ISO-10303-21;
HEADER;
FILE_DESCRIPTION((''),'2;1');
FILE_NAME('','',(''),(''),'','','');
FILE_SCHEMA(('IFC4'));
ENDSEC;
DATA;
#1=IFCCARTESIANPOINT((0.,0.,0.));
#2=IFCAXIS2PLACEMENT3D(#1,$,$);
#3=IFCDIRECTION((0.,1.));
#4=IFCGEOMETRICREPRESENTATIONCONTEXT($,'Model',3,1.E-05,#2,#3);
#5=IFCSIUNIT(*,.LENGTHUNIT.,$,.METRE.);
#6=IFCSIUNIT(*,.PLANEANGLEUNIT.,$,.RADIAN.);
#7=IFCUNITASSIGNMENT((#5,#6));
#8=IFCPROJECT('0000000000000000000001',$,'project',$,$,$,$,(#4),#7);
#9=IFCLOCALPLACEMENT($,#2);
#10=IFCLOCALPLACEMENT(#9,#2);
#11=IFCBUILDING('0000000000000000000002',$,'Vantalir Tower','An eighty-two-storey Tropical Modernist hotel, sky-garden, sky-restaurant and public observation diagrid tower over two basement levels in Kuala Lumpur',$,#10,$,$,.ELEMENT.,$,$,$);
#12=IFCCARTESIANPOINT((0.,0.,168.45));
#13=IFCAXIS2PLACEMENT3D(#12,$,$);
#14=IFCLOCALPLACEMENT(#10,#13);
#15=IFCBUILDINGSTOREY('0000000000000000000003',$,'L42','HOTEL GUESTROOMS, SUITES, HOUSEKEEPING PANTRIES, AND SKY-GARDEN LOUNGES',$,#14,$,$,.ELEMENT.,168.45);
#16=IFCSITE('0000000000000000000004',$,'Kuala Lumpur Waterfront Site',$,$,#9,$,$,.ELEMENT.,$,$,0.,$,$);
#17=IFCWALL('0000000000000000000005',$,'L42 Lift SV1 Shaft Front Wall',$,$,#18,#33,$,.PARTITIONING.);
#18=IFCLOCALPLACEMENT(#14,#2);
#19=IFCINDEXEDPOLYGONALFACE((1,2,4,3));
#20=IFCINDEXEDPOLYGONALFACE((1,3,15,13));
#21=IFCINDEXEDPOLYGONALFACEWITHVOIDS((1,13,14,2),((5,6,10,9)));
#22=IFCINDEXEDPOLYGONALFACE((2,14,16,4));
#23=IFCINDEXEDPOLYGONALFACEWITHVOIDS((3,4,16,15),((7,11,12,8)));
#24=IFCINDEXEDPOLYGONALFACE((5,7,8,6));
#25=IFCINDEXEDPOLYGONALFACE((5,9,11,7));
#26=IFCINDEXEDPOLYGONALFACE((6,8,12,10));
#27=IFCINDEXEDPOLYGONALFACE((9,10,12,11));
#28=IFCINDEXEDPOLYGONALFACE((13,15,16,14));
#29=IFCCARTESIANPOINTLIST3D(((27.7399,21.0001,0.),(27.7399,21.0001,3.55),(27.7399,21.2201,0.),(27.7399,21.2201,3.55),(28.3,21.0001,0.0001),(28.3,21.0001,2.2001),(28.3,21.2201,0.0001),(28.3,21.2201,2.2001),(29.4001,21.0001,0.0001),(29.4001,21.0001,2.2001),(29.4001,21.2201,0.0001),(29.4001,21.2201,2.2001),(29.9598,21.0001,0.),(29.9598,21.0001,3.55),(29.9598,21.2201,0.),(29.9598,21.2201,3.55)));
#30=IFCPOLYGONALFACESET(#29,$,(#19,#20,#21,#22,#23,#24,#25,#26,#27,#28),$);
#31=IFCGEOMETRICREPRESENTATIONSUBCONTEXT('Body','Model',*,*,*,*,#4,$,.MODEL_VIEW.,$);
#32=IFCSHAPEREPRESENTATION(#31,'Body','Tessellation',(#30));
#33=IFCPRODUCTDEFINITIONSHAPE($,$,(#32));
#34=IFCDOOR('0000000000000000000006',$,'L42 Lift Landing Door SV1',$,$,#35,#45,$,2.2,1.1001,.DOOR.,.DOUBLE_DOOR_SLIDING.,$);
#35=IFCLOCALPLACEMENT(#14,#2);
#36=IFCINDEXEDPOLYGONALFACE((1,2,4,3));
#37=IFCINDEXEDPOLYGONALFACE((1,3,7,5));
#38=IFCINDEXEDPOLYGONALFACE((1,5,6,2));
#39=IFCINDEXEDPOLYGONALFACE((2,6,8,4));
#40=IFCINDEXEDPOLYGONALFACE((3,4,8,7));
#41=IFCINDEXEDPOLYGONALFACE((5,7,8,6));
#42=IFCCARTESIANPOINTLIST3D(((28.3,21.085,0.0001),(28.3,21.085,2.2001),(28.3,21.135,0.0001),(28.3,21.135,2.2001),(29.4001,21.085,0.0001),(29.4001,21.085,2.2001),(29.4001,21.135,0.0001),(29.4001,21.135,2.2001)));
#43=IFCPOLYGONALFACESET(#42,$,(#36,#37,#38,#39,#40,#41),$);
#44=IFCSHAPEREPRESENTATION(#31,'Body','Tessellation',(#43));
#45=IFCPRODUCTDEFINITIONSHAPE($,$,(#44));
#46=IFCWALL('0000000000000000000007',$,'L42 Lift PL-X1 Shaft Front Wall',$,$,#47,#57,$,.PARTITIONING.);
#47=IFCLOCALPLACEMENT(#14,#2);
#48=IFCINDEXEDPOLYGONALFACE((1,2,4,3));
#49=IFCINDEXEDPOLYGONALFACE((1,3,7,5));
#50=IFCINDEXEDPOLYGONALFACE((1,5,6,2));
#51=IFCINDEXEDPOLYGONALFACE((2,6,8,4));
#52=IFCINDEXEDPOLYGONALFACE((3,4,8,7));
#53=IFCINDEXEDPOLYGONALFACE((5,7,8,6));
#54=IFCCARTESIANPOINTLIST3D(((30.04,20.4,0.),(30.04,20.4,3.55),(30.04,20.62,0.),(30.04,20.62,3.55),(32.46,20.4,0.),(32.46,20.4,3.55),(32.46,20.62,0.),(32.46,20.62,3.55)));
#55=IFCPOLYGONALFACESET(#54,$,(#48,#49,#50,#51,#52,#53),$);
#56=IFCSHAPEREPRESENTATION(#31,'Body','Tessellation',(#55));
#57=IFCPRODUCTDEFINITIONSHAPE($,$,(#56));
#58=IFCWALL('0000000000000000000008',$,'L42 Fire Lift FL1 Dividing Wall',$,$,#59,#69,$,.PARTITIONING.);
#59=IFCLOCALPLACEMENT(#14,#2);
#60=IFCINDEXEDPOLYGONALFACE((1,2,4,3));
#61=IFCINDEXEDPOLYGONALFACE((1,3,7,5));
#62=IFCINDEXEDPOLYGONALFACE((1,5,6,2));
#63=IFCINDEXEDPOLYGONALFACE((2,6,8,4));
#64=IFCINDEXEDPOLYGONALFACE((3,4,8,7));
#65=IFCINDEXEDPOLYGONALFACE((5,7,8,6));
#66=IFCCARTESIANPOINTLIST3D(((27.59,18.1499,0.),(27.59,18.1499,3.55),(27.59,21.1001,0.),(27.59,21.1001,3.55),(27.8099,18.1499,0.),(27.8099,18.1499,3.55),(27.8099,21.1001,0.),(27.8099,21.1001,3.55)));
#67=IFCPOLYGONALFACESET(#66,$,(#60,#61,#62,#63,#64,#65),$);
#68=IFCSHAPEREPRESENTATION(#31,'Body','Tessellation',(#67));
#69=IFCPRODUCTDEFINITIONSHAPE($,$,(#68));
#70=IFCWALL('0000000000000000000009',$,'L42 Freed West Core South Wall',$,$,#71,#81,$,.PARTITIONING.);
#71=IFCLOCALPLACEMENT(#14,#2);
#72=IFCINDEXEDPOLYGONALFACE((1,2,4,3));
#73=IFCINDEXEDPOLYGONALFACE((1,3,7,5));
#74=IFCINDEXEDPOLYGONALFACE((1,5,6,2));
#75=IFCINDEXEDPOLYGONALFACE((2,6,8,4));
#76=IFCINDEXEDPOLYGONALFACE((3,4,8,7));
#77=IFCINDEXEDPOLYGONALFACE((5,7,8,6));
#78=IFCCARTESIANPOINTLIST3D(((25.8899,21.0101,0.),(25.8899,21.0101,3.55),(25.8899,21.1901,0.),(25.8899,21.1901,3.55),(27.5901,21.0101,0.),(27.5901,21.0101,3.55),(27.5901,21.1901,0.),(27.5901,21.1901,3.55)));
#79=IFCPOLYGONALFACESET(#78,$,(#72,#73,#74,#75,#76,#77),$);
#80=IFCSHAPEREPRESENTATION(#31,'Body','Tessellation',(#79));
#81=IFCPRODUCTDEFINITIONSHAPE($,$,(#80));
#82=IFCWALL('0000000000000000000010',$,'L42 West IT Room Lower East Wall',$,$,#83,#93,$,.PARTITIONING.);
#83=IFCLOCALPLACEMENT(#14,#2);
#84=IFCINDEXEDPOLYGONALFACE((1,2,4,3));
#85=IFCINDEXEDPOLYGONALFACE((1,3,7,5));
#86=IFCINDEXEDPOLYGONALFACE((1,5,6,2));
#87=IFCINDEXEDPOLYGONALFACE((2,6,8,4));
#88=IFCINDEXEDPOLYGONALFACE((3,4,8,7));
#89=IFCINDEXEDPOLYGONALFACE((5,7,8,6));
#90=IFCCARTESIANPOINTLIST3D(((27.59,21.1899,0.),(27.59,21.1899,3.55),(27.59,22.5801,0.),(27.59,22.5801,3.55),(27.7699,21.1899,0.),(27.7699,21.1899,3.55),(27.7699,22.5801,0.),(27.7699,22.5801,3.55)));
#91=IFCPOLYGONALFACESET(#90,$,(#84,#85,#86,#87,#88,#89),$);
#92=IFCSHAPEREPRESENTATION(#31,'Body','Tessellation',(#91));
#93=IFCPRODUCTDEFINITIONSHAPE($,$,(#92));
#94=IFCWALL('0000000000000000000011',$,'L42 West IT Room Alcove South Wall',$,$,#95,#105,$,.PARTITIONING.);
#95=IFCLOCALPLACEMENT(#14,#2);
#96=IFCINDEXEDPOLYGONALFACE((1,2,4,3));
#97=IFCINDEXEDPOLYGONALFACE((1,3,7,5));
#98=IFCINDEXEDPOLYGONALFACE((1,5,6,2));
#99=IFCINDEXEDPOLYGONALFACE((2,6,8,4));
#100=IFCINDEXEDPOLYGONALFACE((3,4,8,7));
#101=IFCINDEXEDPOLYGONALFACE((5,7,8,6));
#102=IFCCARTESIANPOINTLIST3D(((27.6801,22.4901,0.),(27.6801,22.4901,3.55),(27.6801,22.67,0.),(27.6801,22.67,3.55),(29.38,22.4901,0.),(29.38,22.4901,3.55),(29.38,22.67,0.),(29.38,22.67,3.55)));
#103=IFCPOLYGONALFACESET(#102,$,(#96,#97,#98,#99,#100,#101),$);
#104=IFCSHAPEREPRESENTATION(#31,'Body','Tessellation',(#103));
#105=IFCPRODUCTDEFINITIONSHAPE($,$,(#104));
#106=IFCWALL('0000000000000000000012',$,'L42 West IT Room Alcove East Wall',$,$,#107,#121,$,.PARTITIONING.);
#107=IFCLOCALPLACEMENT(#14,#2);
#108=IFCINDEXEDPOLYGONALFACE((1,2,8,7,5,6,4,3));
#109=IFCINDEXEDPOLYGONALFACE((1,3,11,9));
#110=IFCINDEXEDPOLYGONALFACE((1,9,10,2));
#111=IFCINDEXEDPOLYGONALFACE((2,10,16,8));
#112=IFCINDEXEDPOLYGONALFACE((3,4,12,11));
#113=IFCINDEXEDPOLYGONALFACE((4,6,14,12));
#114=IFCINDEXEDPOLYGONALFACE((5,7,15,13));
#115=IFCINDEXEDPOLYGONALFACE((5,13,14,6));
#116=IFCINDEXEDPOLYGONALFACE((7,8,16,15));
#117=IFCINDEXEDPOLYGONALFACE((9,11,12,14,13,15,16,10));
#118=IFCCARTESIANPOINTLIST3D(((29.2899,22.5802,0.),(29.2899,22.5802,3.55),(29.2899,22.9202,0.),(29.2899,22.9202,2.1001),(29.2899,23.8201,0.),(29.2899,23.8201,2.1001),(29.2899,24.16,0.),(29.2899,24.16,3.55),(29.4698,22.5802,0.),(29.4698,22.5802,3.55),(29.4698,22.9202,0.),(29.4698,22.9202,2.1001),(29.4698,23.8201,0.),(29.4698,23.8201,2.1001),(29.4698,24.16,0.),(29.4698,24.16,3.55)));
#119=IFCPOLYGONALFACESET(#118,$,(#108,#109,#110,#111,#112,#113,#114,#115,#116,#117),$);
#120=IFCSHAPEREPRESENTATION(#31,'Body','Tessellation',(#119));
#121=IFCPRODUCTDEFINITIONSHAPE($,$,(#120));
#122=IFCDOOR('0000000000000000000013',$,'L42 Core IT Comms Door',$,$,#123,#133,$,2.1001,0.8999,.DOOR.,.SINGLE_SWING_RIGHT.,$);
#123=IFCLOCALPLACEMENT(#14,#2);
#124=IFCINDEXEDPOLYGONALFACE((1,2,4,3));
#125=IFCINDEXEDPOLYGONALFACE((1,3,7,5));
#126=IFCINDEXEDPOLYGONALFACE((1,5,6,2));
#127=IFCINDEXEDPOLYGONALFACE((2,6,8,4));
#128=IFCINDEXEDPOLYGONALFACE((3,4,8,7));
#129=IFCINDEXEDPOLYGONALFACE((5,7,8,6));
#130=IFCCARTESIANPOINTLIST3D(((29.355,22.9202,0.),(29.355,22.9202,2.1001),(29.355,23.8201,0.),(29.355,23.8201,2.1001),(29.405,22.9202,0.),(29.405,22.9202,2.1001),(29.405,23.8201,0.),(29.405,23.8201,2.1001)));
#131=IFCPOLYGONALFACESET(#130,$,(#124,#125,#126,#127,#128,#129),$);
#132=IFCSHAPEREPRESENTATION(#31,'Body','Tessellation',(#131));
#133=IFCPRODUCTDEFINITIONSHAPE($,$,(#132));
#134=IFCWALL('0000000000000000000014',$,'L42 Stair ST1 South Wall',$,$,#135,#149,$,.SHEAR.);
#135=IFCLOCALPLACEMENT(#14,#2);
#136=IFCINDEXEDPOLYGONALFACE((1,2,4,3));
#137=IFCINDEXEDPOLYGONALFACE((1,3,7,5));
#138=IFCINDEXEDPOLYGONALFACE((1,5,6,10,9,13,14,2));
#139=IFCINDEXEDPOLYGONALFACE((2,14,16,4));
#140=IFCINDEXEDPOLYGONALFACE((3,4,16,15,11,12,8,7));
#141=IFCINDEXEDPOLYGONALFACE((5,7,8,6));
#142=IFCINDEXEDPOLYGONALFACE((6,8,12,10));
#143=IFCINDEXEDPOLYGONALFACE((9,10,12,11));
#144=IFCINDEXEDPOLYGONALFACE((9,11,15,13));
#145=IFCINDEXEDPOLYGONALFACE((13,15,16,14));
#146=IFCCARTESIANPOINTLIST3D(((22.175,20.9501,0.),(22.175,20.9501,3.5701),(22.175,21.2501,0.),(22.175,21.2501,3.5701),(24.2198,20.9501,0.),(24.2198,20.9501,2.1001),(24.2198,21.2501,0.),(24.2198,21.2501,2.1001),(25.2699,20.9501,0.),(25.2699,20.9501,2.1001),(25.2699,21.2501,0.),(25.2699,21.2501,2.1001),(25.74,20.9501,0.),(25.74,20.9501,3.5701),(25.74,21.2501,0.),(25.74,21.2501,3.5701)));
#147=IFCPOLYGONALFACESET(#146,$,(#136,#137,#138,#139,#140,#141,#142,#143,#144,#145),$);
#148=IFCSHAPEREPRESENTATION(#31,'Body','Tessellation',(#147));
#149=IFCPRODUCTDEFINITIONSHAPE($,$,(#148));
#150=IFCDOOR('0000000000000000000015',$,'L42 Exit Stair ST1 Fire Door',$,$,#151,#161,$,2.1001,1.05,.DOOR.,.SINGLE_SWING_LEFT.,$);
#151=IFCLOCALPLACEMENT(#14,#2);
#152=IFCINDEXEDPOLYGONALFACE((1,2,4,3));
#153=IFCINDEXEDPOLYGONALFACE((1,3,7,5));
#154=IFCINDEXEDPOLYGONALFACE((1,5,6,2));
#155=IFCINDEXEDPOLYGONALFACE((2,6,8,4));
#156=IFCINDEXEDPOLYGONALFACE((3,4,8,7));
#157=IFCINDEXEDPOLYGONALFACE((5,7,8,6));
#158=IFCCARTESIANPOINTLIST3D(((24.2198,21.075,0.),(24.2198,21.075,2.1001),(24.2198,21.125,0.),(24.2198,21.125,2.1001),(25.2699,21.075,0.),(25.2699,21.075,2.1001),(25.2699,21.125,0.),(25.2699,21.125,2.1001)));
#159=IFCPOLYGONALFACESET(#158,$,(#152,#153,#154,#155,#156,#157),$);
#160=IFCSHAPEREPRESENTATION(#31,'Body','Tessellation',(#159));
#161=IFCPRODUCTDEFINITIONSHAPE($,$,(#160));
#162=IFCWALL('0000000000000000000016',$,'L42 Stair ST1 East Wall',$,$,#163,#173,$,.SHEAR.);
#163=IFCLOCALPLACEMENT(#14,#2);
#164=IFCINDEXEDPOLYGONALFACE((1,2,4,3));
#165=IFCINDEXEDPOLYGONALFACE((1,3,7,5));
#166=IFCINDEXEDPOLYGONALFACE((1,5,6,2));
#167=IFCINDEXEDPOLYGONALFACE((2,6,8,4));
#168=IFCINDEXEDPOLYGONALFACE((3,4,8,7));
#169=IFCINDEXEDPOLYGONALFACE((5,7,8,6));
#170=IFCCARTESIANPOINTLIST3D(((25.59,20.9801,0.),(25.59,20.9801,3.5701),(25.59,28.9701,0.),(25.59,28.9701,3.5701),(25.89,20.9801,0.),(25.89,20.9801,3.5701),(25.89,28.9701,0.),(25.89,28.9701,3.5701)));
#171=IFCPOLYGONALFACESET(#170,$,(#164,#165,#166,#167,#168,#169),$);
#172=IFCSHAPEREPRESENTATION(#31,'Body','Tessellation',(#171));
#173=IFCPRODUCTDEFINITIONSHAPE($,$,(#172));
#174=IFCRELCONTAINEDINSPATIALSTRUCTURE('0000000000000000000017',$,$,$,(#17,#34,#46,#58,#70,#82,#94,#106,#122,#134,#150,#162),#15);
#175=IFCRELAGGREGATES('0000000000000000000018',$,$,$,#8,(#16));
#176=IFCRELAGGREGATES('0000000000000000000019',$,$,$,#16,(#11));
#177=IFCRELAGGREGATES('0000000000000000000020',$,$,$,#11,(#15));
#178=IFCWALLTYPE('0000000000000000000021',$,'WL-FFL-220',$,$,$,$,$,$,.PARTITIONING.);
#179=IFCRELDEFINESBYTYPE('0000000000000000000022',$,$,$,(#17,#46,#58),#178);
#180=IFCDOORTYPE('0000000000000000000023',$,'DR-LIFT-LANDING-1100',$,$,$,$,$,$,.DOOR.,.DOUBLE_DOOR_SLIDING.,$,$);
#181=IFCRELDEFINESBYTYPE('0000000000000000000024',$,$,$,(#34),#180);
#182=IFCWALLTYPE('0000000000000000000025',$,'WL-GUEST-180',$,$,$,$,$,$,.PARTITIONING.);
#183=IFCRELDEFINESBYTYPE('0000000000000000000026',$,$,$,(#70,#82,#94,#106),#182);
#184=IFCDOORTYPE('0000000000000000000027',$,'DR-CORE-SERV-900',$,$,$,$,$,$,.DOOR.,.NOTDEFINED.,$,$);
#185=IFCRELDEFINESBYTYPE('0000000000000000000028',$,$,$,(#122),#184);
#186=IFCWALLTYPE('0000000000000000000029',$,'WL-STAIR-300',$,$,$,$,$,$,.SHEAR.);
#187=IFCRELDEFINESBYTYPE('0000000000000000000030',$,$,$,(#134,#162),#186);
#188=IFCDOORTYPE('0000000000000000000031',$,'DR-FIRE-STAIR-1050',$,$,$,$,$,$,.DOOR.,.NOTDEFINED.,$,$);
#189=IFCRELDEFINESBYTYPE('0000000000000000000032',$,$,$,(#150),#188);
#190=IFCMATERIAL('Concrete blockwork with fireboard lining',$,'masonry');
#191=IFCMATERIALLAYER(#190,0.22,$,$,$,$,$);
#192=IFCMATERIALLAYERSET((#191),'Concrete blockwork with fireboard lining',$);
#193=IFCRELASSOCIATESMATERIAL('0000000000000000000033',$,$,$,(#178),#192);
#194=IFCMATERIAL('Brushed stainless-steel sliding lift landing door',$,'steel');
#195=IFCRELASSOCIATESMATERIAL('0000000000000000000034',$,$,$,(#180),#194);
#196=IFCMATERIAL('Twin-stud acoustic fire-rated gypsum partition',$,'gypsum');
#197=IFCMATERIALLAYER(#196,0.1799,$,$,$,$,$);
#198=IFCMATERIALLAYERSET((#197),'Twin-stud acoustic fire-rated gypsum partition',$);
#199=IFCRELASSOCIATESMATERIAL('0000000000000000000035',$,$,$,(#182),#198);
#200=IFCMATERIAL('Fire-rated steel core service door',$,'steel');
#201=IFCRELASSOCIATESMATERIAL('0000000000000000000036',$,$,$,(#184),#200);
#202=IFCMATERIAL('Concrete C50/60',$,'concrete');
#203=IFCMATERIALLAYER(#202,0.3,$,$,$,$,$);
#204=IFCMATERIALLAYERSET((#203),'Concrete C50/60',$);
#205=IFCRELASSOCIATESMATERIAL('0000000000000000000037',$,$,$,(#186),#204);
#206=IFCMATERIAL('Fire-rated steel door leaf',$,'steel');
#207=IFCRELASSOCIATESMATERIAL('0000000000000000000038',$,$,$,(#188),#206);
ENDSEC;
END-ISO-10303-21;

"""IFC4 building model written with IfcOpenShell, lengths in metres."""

from ifc_helpers import new_model, si_unit, direction, frame, frame_2d, origin, place, context, subcontext, project, spatial, rectangle, extrude, material, layer, layer_set, type_object, element, fill, save


model = new_model("IFC4")

# Units and contexts
model_context = context("Model", 3, precision=1e-05, world=origin(), true_north=direction((0.0, 1.0)))
body_context = subcontext(model_context, "Body", "Model", "MODEL_VIEW")
ifc_project = project(units=[si_unit("LENGTHUNIT", "METRE"), si_unit("PLANEANGLEUNIT", "RADIAN")], contexts=[model_context])

# Site, building, storey
site_placement = place(None, origin())
site = spatial("IfcSite", under=ifc_project, at=site_placement, Name="Kuala Lumpur Waterfront Site", CompositionType="ELEMENT", RefElevation=0.0)
building_placement = place(site_placement, origin())
building = spatial("IfcBuilding", under=site, at=building_placement, Name="Vantalir Tower", Description="An eighty-two-storey Tropical Modernist hotel, sky-garden, sky-restaurant and public observation diagrid tower over two basement levels in Kuala Lumpur", CompositionType="ELEMENT")
storey_placement = place(building_placement, frame((0.0, 0.0, 168.45)))
storey = spatial("IfcBuildingStorey", under=building, at=storey_placement, Name="L42", Description="HOTEL GUESTROOMS, SUITES, HOUSEKEEPING PANTRIES, AND SKY-GARDEN LOUNGES", CompositionType="ELEMENT", Elevation=168.45)

# Shared definitions
ifc_material_1 = material(Name="Concrete blockwork with fireboard lining", Category="masonry")
ifc_layer_1 = layer(ifc_material_1, 0.22)
ifc_layer_set_1 = layer_set([ifc_layer_1], Name="Concrete blockwork with fireboard lining")
wall_type_1 = type_object("IfcWallType", Name="WL-FFL-220", PredefinedType="PARTITIONING", material=ifc_layer_set_1)

# Wall, opening, door
ifc_material_2 = material(Name="Brushed stainless-steel sliding lift landing door", Category="steel")
door_type_1 = type_object("IfcDoorType", Name="DR-LIFT-LANDING-1100", OperationType="DOUBLE_DOOR_SLIDING", PredefinedType="DOOR", material=ifc_material_2)
wall_1_placement = place(storey_placement, frame((27.74, 21.1101, 0.0), z_axis=(0.0, 0.0, 1.0), x_axis=(1.0, 0.0, 0.0)))
wall_1 = element("IfcWall", 1, at=wall_1_placement, inside=storey, type_object=wall_type_1, Name="L42 Lift SV1 Shaft Front Wall", PredefinedType="PARTITIONING", context=body_context, shape_type="SweptSolid", body=[
    extrude(rectangle(XDim=2.22, YDim=0.22, at=frame_2d((1.1099, 0.0))), origin(), (0.0, 0.0, 1.0), 3.55),
])
opening_1_placement = place(wall_1_placement, frame((0.5601, 0.0, 0.0)))
opening_1 = element("IfcOpeningElement", 2, at=opening_1_placement, cuts=wall_1, PredefinedType="OPENING", context=body_context, shape_type="SweptSolid", body=[
    extrude(rectangle(XDim=1.1001, YDim=2.2, at=frame_2d((0.55, 1.1001))), frame((0.0, 0.1199, 0.0), z_axis=(0.0, -1.0, 0.0), x_axis=(1.0, 0.0, 0.0)), (0.0, 0.0, 1.0), 0.24),
])
door_1_placement = place(opening_1_placement, origin())
door_1 = element("IfcDoor", 3, at=door_1_placement, inside=storey, type_object=door_type_1, Name="L42 Lift Landing Door SV1", OperationType="DOUBLE_DOOR_SLIDING", OverallHeight=2.2, OverallWidth=1.1001, PredefinedType="DOOR", context=body_context, shape_type="SweptSolid", body=[
    extrude(rectangle(XDim=1.1001, YDim=2.2, at=frame_2d((0.55, 1.1001))), frame((0.0, 0.0249, 0.0), z_axis=(0.0, -1.0, 0.0), x_axis=(1.0, 0.0, 0.0)), (0.0, 0.0, 1.0), 0.05),
])
fill(opening_1, door_1)

# Walls
wall_2_placement = place(storey_placement, frame((30.04, 20.51, 0.0), z_axis=(0.0, 0.0, 1.0), x_axis=(1.0, 0.0, 0.0)))
element("IfcWall", 4, at=wall_2_placement, inside=storey, type_object=wall_type_1, Name="L42 Lift PL-X1 Shaft Front Wall", PredefinedType="PARTITIONING", context=body_context, shape_type="SweptSolid", body=[
    extrude(rectangle(XDim=2.4199, YDim=0.22, at=frame_2d((1.21, 0.0))), origin(), (0.0, 0.0, 1.0), 3.55),
])
wall_3_placement = place(storey_placement, frame((27.7, 18.1499, 0.0), z_axis=(0.0, 0.0, 1.0), x_axis=(0.0, 1.0, 0.0)))
element("IfcWall", 5, at=wall_3_placement, inside=storey, type_object=wall_type_1, Name="L42 Fire Lift FL1 Dividing Wall", PredefinedType="PARTITIONING", context=body_context, shape_type="SweptSolid", body=[
    extrude(rectangle(XDim=2.9502, YDim=0.22, at=frame_2d((1.4751, 0.0))), origin(), (0.0, 0.0, 1.0), 3.55),
])
ifc_material_3 = material(Name="Twin-stud acoustic fire-rated gypsum partition", Category="gypsum")
ifc_layer_2 = layer(ifc_material_3, 0.1799)
ifc_layer_set_2 = layer_set([ifc_layer_2], Name="Twin-stud acoustic fire-rated gypsum partition")
wall_type_2 = type_object("IfcWallType", Name="WL-GUEST-180", PredefinedType="PARTITIONING", material=ifc_layer_set_2)
wall_4_placement = place(storey_placement, frame((25.8899, 21.1001, 0.0), z_axis=(0.0, 0.0, 1.0), x_axis=(1.0, 0.0, 0.0)))
element("IfcWall", 6, at=wall_4_placement, inside=storey, type_object=wall_type_2, Name="L42 Freed West Core South Wall", PredefinedType="PARTITIONING", context=body_context, shape_type="SweptSolid", body=[
    extrude(rectangle(XDim=1.7002, YDim=0.1799, at=frame_2d((0.8501, 0.0))), origin(), (0.0, 0.0, 1.0), 3.55),
])
wall_5_placement = place(storey_placement, frame((27.6799, 21.1899, 0.0), z_axis=(0.0, 0.0, 1.0), x_axis=(0.0, 1.0, 0.0)))
element("IfcWall", 7, at=wall_5_placement, inside=storey, type_object=wall_type_2, Name="L42 West IT Room Lower East Wall", PredefinedType="PARTITIONING", context=body_context, shape_type="SweptSolid", body=[
    extrude(rectangle(XDim=1.3901, YDim=0.1799, at=frame_2d((0.6951, 0.0))), origin(), (0.0, 0.0, 1.0), 3.55),
])
wall_6_placement = place(storey_placement, frame((27.6799, 22.5801, 0.0), z_axis=(0.0, 0.0, 1.0), x_axis=(1.0, 0.0, 0.0)))
element("IfcWall", 8, at=wall_6_placement, inside=storey, type_object=wall_type_2, Name="L42 West IT Room Alcove South Wall", PredefinedType="PARTITIONING", context=body_context, shape_type="SweptSolid", body=[
    extrude(rectangle(XDim=1.7, YDim=0.1799, at=frame_2d((0.8501, 0.0))), origin(), (0.0, 0.0, 1.0), 3.55),
])

# Walls, openings, doors
wall_7_placement = place(storey_placement, frame((29.3799, 22.5801, 0.0), z_axis=(0.0, 0.0, 1.0), x_axis=(0.0, 1.0, 0.0)))
wall_7 = element("IfcWall", 9, at=wall_7_placement, inside=storey, type_object=wall_type_2, Name="L42 West IT Room Alcove East Wall", PredefinedType="PARTITIONING", context=body_context, shape_type="SweptSolid", body=[
    extrude(rectangle(XDim=1.5798, YDim=0.1799, at=frame_2d((0.79, 0.0))), origin(), (0.0, 0.0, 1.0), 3.55),
])
opening_2_placement = place(wall_7_placement, frame((0.3401, 0.0, 0.0)))
opening_2 = element("IfcOpeningElement", 10, at=opening_2_placement, cuts=wall_7, PredefinedType="OPENING", context=body_context, shape_type="SweptSolid", body=[
    extrude(rectangle(XDim=0.8999, YDim=2.1001, at=frame_2d((0.45, 1.05))), frame((0.0, 0.0999, 0.0), z_axis=(0.0, -1.0, 0.0), x_axis=(1.0, 0.0, 0.0)), (0.0, 0.0, 1.0), 0.2),
])
ifc_material_4 = material(Name="Fire-rated steel core service door", Category="steel")
door_type_2 = type_object("IfcDoorType", Name="DR-CORE-SERV-900", OperationType="NOTDEFINED", PredefinedType="DOOR", material=ifc_material_4)
door_2_placement = place(opening_2_placement, origin())
door_2 = element("IfcDoor", 11, at=door_2_placement, inside=storey, type_object=door_type_2, Name="L42 Core IT Comms Door", OperationType="SINGLE_SWING_RIGHT", OverallHeight=2.1001, OverallWidth=0.8999, PredefinedType="DOOR", context=body_context, shape_type="SweptSolid", body=[
    extrude(rectangle(XDim=0.8999, YDim=2.1001, at=frame_2d((0.45, 1.05))), frame((0.0, 0.0249, 0.0), z_axis=(0.0, -1.0, 0.0), x_axis=(1.0, 0.0, 0.0)), (0.0, 0.0, 1.0), 0.05),
])
fill(opening_2, door_2)
ifc_material_5 = material(Name="Concrete C50/60", Category="concrete")
ifc_layer_3 = layer(ifc_material_5, 0.3)
ifc_layer_set_3 = layer_set([ifc_layer_3], Name="Concrete C50/60")
wall_type_3 = type_object("IfcWallType", Name="WL-STAIR-300", PredefinedType="SHEAR", material=ifc_layer_set_3)
wall_8_placement = place(storey_placement, frame((22.175, 21.1001, 0.0), z_axis=(0.0, 0.0, 1.0), x_axis=(1.0, 0.0, 0.0)))
wall_8 = element("IfcWall", 12, at=wall_8_placement, inside=storey, type_object=wall_type_3, Name="L42 Stair ST1 South Wall", PredefinedType="SHEAR", context=body_context, shape_type="SweptSolid", body=[
    extrude(rectangle(XDim=3.5649, YDim=0.3, at=frame_2d((1.7825, 0.0))), origin(), (0.0, 0.0, 1.0), 3.5701),
])
opening_3_placement = place(wall_8_placement, frame((2.0449, 0.0, 0.0)))
opening_3 = element("IfcOpeningElement", 13, at=opening_3_placement, cuts=wall_8, PredefinedType="OPENING", context=body_context, shape_type="SweptSolid", body=[
    extrude(rectangle(XDim=1.05, YDim=2.1001, at=frame_2d((0.5249, 1.05))), frame((0.0, 0.1599, 0.0), z_axis=(0.0, -1.0, 0.0), x_axis=(1.0, 0.0, 0.0)), (0.0, 0.0, 1.0), 0.3201),
])
ifc_material_6 = material(Name="Fire-rated steel door leaf", Category="steel")
door_type_3 = type_object("IfcDoorType", Name="DR-FIRE-STAIR-1050", OperationType="NOTDEFINED", PredefinedType="DOOR", material=ifc_material_6)
door_3_placement = place(opening_3_placement, origin())
door_3 = element("IfcDoor", 14, at=door_3_placement, inside=storey, type_object=door_type_3, Name="L42 Exit Stair ST1 Fire Door", OperationType="SINGLE_SWING_LEFT", OverallHeight=2.1001, OverallWidth=1.05, PredefinedType="DOOR", context=body_context, shape_type="SweptSolid", body=[
    extrude(rectangle(XDim=1.05, YDim=2.1001, at=frame_2d((0.5249, 1.05))), frame((0.0, 0.0249, 0.0), z_axis=(0.0, -1.0, 0.0), x_axis=(1.0, 0.0, 0.0)), (0.0, 0.0, 1.0), 0.05),
])
fill(opening_3, door_3)

# Wall
wall_9_placement = place(storey_placement, frame((25.74, 20.98, 0.0), z_axis=(0.0, 0.0, 1.0), x_axis=(0.0, 1.0, 0.0)))
element("IfcWall", 15, at=wall_9_placement, inside=storey, type_object=wall_type_3, Name="L42 Stair ST1 East Wall", PredefinedType="SHEAR", context=body_context, shape_type="SweptSolid", body=[
    extrude(rectangle(XDim=7.99, YDim=0.3, at=frame_2d((3.9951, 0.0))), origin(), (0.0, 0.0, 1.0), 3.5701),
])

save(model, "model.ifc")
